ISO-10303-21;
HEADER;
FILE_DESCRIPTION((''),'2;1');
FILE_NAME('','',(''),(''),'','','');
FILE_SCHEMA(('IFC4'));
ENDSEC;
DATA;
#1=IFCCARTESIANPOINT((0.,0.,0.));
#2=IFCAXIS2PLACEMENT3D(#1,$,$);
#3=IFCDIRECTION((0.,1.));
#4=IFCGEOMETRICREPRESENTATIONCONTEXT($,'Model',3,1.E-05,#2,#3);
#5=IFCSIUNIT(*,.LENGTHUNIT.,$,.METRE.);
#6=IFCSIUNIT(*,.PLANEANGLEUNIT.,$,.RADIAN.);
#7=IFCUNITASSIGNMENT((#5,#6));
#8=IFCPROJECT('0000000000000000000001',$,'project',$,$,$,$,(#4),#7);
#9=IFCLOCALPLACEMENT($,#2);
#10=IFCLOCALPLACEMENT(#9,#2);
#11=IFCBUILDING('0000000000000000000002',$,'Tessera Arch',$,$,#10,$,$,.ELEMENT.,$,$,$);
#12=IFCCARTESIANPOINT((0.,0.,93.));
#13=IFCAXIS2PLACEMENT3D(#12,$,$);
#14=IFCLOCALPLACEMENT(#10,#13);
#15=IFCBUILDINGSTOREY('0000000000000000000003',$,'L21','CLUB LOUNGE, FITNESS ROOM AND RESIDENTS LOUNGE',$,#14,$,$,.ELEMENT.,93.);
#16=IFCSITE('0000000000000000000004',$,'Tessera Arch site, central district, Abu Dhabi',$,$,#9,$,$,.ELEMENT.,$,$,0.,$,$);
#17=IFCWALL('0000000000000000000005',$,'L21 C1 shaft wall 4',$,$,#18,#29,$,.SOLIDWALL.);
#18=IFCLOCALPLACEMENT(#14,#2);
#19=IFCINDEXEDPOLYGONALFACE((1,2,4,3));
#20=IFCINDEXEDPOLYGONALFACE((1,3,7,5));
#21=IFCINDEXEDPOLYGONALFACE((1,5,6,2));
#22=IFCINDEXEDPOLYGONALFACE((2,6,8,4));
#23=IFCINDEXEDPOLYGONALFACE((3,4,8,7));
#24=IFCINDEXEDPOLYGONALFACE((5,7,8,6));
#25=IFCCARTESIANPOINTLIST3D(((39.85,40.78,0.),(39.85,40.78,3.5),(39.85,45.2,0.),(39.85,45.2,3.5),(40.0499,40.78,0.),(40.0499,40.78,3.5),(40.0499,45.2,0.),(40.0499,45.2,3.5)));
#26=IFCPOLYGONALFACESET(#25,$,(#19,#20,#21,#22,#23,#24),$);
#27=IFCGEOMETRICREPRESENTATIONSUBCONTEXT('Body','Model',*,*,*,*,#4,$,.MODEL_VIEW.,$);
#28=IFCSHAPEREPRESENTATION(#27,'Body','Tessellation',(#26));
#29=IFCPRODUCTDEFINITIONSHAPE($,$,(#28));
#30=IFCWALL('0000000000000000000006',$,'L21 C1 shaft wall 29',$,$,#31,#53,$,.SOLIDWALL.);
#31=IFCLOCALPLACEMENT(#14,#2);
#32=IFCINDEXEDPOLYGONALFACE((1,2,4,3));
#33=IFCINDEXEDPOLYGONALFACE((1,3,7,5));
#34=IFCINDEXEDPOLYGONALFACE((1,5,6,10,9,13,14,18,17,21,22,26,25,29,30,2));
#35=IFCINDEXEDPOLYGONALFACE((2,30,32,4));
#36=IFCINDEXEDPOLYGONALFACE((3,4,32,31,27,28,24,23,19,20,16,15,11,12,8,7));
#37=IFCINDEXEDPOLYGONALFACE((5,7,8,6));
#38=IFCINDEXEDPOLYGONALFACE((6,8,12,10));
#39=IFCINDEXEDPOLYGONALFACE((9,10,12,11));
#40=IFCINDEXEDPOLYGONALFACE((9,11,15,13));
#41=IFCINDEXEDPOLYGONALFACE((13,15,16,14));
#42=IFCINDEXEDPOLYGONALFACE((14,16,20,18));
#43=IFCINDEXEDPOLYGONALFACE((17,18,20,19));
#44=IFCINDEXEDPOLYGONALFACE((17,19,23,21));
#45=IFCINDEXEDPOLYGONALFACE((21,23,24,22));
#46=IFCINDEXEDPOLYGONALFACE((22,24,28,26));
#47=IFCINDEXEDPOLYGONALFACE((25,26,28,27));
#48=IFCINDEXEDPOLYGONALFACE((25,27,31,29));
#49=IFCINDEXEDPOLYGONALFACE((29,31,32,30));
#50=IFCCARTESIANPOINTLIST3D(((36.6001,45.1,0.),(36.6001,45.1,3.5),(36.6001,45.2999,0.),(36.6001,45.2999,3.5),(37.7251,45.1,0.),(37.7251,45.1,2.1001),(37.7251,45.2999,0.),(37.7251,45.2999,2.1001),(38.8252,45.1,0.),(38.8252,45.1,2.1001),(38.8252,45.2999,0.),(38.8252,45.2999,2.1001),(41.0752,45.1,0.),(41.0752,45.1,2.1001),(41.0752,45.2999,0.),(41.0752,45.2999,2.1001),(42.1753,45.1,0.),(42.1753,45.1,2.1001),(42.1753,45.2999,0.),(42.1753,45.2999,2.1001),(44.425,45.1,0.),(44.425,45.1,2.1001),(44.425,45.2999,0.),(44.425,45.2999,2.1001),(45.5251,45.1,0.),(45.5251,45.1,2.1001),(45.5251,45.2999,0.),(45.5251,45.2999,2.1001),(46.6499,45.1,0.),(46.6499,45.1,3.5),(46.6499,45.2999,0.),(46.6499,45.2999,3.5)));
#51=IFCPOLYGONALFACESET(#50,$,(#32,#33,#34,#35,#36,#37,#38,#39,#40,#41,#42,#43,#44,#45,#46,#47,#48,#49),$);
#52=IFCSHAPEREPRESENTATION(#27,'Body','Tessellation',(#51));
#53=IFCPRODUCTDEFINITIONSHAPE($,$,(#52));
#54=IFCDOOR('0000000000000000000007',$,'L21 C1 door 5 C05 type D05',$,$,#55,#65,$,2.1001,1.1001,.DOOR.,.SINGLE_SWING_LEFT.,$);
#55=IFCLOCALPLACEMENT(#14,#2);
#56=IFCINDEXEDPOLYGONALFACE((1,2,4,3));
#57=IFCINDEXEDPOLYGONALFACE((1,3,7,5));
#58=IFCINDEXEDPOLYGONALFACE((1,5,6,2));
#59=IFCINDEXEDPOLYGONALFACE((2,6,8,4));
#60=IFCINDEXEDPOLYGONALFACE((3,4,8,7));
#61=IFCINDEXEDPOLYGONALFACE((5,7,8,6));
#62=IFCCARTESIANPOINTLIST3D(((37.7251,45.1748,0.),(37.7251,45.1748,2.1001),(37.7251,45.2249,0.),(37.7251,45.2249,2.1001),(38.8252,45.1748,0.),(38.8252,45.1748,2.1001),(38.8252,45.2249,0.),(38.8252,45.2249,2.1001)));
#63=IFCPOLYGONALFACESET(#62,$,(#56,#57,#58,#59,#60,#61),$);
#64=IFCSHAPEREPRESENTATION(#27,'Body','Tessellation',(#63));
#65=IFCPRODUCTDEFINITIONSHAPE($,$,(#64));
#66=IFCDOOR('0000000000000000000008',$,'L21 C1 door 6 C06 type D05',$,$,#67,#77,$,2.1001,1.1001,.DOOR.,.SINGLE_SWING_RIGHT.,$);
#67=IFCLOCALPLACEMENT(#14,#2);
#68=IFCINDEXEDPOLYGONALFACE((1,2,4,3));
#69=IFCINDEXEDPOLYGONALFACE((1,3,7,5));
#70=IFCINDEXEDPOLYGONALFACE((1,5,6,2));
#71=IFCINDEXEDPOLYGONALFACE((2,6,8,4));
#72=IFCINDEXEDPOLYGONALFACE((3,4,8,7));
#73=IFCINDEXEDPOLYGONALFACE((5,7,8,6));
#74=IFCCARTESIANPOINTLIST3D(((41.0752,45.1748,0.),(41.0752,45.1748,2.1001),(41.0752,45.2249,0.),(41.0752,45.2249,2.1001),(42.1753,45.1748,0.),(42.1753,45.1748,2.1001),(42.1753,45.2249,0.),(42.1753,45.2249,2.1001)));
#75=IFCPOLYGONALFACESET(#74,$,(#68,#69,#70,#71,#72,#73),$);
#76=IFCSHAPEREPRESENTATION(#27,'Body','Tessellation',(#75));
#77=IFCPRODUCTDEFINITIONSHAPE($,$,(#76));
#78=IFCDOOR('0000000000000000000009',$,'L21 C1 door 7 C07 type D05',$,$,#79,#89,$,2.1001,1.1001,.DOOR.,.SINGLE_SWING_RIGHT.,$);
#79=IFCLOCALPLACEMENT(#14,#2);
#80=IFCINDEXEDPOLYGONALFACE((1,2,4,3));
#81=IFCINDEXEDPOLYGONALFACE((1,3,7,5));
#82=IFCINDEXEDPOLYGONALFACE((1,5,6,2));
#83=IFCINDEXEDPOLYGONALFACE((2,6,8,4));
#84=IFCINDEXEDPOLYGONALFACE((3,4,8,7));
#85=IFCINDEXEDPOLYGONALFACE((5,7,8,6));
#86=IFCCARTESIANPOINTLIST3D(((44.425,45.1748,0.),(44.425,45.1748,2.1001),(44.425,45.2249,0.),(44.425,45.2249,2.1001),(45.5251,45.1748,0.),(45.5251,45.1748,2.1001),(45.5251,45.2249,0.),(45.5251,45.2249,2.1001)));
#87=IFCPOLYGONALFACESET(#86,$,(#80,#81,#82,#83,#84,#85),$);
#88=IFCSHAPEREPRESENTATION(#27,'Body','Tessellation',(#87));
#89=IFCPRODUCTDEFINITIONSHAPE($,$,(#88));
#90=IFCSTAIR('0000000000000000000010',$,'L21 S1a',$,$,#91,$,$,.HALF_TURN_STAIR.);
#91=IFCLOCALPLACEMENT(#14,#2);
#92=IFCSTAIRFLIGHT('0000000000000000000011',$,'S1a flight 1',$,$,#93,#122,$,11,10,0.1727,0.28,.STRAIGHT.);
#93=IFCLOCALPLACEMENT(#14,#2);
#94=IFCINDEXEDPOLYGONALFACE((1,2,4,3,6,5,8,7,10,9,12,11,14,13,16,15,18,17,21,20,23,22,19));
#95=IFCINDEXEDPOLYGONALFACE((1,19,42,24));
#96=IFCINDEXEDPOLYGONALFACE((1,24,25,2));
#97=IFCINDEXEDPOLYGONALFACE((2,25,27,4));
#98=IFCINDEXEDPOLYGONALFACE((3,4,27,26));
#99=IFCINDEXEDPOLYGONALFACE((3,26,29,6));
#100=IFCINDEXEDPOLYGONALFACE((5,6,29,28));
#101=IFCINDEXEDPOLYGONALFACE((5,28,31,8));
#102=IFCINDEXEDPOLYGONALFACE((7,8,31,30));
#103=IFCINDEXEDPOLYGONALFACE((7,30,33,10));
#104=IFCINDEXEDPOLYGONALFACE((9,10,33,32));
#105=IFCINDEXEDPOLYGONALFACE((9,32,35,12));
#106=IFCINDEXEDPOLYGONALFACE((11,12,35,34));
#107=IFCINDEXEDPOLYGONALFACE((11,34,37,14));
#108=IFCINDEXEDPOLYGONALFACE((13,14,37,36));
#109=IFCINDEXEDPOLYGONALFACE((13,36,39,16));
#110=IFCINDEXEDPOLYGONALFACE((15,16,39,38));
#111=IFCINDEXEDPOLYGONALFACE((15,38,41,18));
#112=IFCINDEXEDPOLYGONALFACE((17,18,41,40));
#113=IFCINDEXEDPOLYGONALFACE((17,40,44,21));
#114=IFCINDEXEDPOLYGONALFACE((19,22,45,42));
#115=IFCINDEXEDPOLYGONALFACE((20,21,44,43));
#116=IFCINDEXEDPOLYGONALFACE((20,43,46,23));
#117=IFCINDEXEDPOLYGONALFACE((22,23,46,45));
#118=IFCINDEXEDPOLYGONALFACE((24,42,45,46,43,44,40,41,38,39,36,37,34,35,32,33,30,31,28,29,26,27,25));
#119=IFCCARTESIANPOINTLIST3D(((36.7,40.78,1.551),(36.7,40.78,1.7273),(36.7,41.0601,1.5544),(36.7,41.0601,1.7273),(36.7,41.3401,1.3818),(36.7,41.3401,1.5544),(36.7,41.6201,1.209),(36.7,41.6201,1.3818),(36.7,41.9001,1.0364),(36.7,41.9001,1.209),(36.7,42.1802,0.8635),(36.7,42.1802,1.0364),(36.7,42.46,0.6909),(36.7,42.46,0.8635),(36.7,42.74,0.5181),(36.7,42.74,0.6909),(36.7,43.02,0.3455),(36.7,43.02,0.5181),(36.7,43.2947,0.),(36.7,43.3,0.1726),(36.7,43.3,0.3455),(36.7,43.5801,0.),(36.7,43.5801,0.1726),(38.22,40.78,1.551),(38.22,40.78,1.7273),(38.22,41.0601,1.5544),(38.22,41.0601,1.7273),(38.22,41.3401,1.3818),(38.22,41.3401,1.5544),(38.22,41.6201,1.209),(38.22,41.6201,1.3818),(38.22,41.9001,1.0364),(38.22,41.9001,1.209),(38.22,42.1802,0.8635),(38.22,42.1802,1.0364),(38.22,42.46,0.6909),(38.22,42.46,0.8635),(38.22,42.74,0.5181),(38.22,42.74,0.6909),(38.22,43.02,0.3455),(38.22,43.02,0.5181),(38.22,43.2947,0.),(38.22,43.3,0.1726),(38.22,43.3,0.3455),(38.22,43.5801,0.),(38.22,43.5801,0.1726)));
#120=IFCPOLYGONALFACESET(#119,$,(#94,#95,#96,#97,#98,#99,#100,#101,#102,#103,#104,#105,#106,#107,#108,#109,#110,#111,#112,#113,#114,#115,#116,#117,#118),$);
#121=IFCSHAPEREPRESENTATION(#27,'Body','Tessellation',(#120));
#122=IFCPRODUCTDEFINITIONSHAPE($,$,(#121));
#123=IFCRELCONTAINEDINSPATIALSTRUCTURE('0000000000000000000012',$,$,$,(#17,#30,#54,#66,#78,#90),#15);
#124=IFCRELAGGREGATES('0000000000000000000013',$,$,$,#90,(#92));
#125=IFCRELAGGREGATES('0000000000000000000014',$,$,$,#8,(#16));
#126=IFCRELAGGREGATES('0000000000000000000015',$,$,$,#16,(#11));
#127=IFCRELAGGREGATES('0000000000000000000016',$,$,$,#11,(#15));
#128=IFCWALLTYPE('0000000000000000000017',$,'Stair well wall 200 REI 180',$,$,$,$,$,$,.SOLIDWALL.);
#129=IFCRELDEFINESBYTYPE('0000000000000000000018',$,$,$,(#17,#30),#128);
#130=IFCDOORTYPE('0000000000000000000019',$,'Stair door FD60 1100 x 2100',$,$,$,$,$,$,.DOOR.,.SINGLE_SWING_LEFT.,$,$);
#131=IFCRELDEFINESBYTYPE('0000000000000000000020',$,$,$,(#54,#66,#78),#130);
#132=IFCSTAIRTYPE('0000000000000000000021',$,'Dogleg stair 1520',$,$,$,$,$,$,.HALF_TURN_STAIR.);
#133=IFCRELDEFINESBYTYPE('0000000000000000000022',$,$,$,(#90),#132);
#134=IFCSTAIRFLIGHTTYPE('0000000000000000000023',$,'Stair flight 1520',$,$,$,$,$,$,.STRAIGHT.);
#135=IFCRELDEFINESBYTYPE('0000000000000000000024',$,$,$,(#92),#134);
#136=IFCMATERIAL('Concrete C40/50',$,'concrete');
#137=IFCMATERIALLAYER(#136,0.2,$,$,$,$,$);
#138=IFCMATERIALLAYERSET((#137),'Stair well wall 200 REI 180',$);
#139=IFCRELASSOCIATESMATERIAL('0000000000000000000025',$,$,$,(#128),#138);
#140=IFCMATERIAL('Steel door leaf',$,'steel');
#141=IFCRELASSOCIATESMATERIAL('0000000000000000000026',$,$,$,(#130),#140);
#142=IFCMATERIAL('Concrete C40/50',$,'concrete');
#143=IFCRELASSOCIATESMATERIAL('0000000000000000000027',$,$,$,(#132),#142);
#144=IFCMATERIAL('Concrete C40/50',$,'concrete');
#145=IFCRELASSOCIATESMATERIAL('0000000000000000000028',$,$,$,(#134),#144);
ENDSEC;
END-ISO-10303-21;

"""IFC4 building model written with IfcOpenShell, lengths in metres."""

from ifc_helpers import new_model, si_unit, direction, frame, frame_2d, origin, place, context, subcontext, project, spatial, polyline, rectangle, outline, extrude, material, layer, layer_set, type_object, element, fill, aggregate, save


model = new_model("IFC4")

# Units and contexts
model_context = context("Model", 3, precision=1e-05, world=origin(), true_north=direction((0.0, 1.0)))
body_context = subcontext(model_context, "Body", "Model", "MODEL_VIEW")
ifc_project = project(units=[si_unit("LENGTHUNIT", "METRE"), si_unit("PLANEANGLEUNIT", "RADIAN")], contexts=[model_context])

# Site, building, storey
site_placement = place(None, origin())
site = spatial("IfcSite", under=ifc_project, at=site_placement, Name="Tessera Arch site, central district, Abu Dhabi", CompositionType="ELEMENT", RefElevation=0.0)
building_placement = place(site_placement, origin())
building = spatial("IfcBuilding", under=site, at=building_placement, Name="Tessera Arch", CompositionType="ELEMENT")
storey_placement = place(building_placement, frame((0.0, 0.0, 93.0)))
storey = spatial("IfcBuildingStorey", under=building, at=storey_placement, Name="L21", Description="CLUB LOUNGE, FITNESS ROOM AND RESIDENTS LOUNGE", CompositionType="ELEMENT", Elevation=93.0)

# Wall
ifc_material_1 = material(Name="Concrete C40/50", Category="concrete")
ifc_layer_1 = layer(ifc_material_1, 0.2)
ifc_layer_set_1 = layer_set([ifc_layer_1], Name="Stair well wall 200 REI 180")
wall_type_1 = type_object("IfcWallType", Name="Stair well wall 200 REI 180", PredefinedType="SOLIDWALL", material=ifc_layer_set_1)
wall_1_placement = place(storey_placement, frame((39.95, 40.78, 0.0), z_axis=(0.0, 0.0, 1.0), x_axis=(0.0, 1.0, 0.0)))
element("IfcWall", 1, at=wall_1_placement, inside=storey, type_object=wall_type_1, Name="L21 C1 shaft wall 4", PredefinedType="SOLIDWALL", context=body_context, shape_type="SweptSolid", body=[
    extrude(rectangle(XDim=4.4199, YDim=0.2, at=frame_2d((2.21, 0.0))), origin(), (0.0, 0.0, 1.0), 3.5),
])

# Wall, openings, doors
wall_2_placement = place(storey_placement, frame((36.6001, 45.2, 0.0), z_axis=(0.0, 0.0, 1.0), x_axis=(1.0, 0.0, 0.0)))
wall_2 = element("IfcWall", 2, at=wall_2_placement, inside=storey, type_object=wall_type_1, Name="L21 C1 shaft wall 29", PredefinedType="SOLIDWALL", context=body_context, shape_type="SweptSolid", body=[
    extrude(rectangle(XDim=10.0498, YDim=0.2, at=frame_2d((5.0249, 0.0))), origin(), (0.0, 0.0, 1.0), 3.5),
])
opening_1_placement = place(wall_2_placement, frame((1.125, 0.0, 0.0)))
opening_1 = element("IfcOpeningElement", 3, at=opening_1_placement, cuts=wall_2, PredefinedType="OPENING", context=body_context, shape_type="SweptSolid", body=[
    extrude(rectangle(XDim=1.1001, YDim=2.1001, at=frame_2d((0.55, 1.05))), frame((0.0, 0.1099, 0.0), z_axis=(0.0, -1.0, 0.0), x_axis=(1.0, 0.0, 0.0)), (0.0, 0.0, 1.0), 0.22),
])
opening_2_placement = place(wall_2_placement, frame((4.4751, 0.0, 0.0)))
opening_2 = element("IfcOpeningElement", 4, at=opening_2_placement, cuts=wall_2, PredefinedType="OPENING", context=body_context, shape_type="SweptSolid", body=[
    extrude(rectangle(XDim=1.1001, YDim=2.1001, at=frame_2d((0.55, 1.05))), frame((0.0, 0.1099, 0.0), z_axis=(0.0, -1.0, 0.0), x_axis=(1.0, 0.0, 0.0)), (0.0, 0.0, 1.0), 0.22),
])
opening_3_placement = place(wall_2_placement, frame((7.825, 0.0, 0.0)))
opening_3 = element("IfcOpeningElement", 5, at=opening_3_placement, cuts=wall_2, PredefinedType="OPENING", context=body_context, shape_type="SweptSolid", body=[
    extrude(rectangle(XDim=1.1001, YDim=2.1001, at=frame_2d((0.55, 1.05))), frame((0.0, 0.1099, 0.0), z_axis=(0.0, -1.0, 0.0), x_axis=(1.0, 0.0, 0.0)), (0.0, 0.0, 1.0), 0.22),
])
ifc_material_2 = material(Name="Steel door leaf", Category="steel")
door_type_1 = type_object("IfcDoorType", Name="Stair door FD60 1100 x 2100", OperationType="SINGLE_SWING_LEFT", PredefinedType="DOOR", material=ifc_material_2)
door_1_placement = place(opening_1_placement, origin())
door_1 = element("IfcDoor", 6, at=door_1_placement, inside=storey, type_object=door_type_1, Name="L21 C1 door 5 C05 type D05", OperationType="SINGLE_SWING_LEFT", OverallHeight=2.1001, OverallWidth=1.1001, PredefinedType="DOOR", context=body_context, shape_type="SweptSolid", body=[
    extrude(rectangle(XDim=1.1001, YDim=2.1001, at=frame_2d((0.55, 1.05))), frame((0.0, 0.0249, 0.0), z_axis=(0.0, -1.0, 0.0), x_axis=(1.0, 0.0, 0.0)), (0.0, 0.0, 1.0), 0.05),
])
fill(opening_1, door_1)
door_2_placement = place(opening_2_placement, origin())
door_2 = element("IfcDoor", 7, at=door_2_placement, inside=storey, type_object=door_type_1, Name="L21 C1 door 6 C06 type D05", OperationType="SINGLE_SWING_RIGHT", OverallHeight=2.1001, OverallWidth=1.1001, PredefinedType="DOOR", context=body_context, shape_type="SweptSolid", body=[
    extrude(rectangle(XDim=1.1001, YDim=2.1001, at=frame_2d((0.55, 1.05))), frame((0.0, 0.0249, 0.0), z_axis=(0.0, -1.0, 0.0), x_axis=(1.0, 0.0, 0.0)), (0.0, 0.0, 1.0), 0.05),
])
fill(opening_2, door_2)
door_3_placement = place(opening_3_placement, origin())
door_3 = element("IfcDoor", 8, at=door_3_placement, inside=storey, type_object=door_type_1, Name="L21 C1 door 7 C07 type D05", OperationType="SINGLE_SWING_RIGHT", OverallHeight=2.1001, OverallWidth=1.1001, PredefinedType="DOOR", context=body_context, shape_type="SweptSolid", body=[
    extrude(rectangle(XDim=1.1001, YDim=2.1001, at=frame_2d((0.55, 1.05))), frame((0.0, 0.0249, 0.0), z_axis=(0.0, -1.0, 0.0), x_axis=(1.0, 0.0, 0.0)), (0.0, 0.0, 1.0), 0.05),
])
fill(opening_3, door_3)

# Stair, stair flight
ifc_material_3 = material(Name="Concrete C40/50", Category="concrete")
stair_type = type_object("IfcStairType", Name="Dogleg stair 1520", PredefinedType="HALF_TURN_STAIR", material=ifc_material_3)
stair_placement = place(storey_placement, origin())
stair = element("IfcStair", 9, at=stair_placement, inside=storey, type_object=stair_type, Name="L21 S1a", PredefinedType="HALF_TURN_STAIR")
ifc_material_4 = material(Name="Concrete C40/50", Category="concrete")
stair_flight_type = type_object("IfcStairFlightType", Name="Stair flight 1520", PredefinedType="STRAIGHT", material=ifc_material_4)
stair_flight_placement = place(storey_placement, frame((37.46, 43.5801, 0.0), z_axis=(0.0, 0.0, 1.0), x_axis=(0.0, -1.0, 0.0)))
stair_flight = element("IfcStairFlight", 10, at=stair_flight_placement, type_object=stair_flight_type, Name="S1a flight 1", NumberOfRisers=11, NumberOfTreads=10, PredefinedType="STRAIGHT", RiserHeight=0.1727, TreadLength=0.28, context=body_context, shape_type="SweptSolid", body=[
    extrude(outline(polyline([(0.0, 0.0), (0.0, 0.1726), (0.28, 0.1726), (0.28, 0.3455), (0.5601, 0.3455), (0.5601, 0.5181), (0.8401, 0.5181), (0.8401, 0.6909), (1.1201, 0.6909), (1.1201, 0.8635), (1.3999, 0.8635), (1.3999, 1.0364), (1.6799, 1.0364), (1.6799, 1.209), (1.96, 1.209), (1.96, 1.3818), (2.24, 1.3818), (2.24, 1.5544), (2.52, 1.5544), (2.52, 1.7273), (2.8, 1.7273), (2.8, 1.8999), (2.8, 1.551), (0.2854, 0.0), (0.0, 0.0)])), frame((0.0, 0.76, 0.0), z_axis=(0.0, -1.0, 0.0), x_axis=(1.0, 0.0, 0.0)), (0.0, 0.0, 1.0), 1.52),
])
aggregate(stair, [stair_flight])

save(model, "model.ifc")
